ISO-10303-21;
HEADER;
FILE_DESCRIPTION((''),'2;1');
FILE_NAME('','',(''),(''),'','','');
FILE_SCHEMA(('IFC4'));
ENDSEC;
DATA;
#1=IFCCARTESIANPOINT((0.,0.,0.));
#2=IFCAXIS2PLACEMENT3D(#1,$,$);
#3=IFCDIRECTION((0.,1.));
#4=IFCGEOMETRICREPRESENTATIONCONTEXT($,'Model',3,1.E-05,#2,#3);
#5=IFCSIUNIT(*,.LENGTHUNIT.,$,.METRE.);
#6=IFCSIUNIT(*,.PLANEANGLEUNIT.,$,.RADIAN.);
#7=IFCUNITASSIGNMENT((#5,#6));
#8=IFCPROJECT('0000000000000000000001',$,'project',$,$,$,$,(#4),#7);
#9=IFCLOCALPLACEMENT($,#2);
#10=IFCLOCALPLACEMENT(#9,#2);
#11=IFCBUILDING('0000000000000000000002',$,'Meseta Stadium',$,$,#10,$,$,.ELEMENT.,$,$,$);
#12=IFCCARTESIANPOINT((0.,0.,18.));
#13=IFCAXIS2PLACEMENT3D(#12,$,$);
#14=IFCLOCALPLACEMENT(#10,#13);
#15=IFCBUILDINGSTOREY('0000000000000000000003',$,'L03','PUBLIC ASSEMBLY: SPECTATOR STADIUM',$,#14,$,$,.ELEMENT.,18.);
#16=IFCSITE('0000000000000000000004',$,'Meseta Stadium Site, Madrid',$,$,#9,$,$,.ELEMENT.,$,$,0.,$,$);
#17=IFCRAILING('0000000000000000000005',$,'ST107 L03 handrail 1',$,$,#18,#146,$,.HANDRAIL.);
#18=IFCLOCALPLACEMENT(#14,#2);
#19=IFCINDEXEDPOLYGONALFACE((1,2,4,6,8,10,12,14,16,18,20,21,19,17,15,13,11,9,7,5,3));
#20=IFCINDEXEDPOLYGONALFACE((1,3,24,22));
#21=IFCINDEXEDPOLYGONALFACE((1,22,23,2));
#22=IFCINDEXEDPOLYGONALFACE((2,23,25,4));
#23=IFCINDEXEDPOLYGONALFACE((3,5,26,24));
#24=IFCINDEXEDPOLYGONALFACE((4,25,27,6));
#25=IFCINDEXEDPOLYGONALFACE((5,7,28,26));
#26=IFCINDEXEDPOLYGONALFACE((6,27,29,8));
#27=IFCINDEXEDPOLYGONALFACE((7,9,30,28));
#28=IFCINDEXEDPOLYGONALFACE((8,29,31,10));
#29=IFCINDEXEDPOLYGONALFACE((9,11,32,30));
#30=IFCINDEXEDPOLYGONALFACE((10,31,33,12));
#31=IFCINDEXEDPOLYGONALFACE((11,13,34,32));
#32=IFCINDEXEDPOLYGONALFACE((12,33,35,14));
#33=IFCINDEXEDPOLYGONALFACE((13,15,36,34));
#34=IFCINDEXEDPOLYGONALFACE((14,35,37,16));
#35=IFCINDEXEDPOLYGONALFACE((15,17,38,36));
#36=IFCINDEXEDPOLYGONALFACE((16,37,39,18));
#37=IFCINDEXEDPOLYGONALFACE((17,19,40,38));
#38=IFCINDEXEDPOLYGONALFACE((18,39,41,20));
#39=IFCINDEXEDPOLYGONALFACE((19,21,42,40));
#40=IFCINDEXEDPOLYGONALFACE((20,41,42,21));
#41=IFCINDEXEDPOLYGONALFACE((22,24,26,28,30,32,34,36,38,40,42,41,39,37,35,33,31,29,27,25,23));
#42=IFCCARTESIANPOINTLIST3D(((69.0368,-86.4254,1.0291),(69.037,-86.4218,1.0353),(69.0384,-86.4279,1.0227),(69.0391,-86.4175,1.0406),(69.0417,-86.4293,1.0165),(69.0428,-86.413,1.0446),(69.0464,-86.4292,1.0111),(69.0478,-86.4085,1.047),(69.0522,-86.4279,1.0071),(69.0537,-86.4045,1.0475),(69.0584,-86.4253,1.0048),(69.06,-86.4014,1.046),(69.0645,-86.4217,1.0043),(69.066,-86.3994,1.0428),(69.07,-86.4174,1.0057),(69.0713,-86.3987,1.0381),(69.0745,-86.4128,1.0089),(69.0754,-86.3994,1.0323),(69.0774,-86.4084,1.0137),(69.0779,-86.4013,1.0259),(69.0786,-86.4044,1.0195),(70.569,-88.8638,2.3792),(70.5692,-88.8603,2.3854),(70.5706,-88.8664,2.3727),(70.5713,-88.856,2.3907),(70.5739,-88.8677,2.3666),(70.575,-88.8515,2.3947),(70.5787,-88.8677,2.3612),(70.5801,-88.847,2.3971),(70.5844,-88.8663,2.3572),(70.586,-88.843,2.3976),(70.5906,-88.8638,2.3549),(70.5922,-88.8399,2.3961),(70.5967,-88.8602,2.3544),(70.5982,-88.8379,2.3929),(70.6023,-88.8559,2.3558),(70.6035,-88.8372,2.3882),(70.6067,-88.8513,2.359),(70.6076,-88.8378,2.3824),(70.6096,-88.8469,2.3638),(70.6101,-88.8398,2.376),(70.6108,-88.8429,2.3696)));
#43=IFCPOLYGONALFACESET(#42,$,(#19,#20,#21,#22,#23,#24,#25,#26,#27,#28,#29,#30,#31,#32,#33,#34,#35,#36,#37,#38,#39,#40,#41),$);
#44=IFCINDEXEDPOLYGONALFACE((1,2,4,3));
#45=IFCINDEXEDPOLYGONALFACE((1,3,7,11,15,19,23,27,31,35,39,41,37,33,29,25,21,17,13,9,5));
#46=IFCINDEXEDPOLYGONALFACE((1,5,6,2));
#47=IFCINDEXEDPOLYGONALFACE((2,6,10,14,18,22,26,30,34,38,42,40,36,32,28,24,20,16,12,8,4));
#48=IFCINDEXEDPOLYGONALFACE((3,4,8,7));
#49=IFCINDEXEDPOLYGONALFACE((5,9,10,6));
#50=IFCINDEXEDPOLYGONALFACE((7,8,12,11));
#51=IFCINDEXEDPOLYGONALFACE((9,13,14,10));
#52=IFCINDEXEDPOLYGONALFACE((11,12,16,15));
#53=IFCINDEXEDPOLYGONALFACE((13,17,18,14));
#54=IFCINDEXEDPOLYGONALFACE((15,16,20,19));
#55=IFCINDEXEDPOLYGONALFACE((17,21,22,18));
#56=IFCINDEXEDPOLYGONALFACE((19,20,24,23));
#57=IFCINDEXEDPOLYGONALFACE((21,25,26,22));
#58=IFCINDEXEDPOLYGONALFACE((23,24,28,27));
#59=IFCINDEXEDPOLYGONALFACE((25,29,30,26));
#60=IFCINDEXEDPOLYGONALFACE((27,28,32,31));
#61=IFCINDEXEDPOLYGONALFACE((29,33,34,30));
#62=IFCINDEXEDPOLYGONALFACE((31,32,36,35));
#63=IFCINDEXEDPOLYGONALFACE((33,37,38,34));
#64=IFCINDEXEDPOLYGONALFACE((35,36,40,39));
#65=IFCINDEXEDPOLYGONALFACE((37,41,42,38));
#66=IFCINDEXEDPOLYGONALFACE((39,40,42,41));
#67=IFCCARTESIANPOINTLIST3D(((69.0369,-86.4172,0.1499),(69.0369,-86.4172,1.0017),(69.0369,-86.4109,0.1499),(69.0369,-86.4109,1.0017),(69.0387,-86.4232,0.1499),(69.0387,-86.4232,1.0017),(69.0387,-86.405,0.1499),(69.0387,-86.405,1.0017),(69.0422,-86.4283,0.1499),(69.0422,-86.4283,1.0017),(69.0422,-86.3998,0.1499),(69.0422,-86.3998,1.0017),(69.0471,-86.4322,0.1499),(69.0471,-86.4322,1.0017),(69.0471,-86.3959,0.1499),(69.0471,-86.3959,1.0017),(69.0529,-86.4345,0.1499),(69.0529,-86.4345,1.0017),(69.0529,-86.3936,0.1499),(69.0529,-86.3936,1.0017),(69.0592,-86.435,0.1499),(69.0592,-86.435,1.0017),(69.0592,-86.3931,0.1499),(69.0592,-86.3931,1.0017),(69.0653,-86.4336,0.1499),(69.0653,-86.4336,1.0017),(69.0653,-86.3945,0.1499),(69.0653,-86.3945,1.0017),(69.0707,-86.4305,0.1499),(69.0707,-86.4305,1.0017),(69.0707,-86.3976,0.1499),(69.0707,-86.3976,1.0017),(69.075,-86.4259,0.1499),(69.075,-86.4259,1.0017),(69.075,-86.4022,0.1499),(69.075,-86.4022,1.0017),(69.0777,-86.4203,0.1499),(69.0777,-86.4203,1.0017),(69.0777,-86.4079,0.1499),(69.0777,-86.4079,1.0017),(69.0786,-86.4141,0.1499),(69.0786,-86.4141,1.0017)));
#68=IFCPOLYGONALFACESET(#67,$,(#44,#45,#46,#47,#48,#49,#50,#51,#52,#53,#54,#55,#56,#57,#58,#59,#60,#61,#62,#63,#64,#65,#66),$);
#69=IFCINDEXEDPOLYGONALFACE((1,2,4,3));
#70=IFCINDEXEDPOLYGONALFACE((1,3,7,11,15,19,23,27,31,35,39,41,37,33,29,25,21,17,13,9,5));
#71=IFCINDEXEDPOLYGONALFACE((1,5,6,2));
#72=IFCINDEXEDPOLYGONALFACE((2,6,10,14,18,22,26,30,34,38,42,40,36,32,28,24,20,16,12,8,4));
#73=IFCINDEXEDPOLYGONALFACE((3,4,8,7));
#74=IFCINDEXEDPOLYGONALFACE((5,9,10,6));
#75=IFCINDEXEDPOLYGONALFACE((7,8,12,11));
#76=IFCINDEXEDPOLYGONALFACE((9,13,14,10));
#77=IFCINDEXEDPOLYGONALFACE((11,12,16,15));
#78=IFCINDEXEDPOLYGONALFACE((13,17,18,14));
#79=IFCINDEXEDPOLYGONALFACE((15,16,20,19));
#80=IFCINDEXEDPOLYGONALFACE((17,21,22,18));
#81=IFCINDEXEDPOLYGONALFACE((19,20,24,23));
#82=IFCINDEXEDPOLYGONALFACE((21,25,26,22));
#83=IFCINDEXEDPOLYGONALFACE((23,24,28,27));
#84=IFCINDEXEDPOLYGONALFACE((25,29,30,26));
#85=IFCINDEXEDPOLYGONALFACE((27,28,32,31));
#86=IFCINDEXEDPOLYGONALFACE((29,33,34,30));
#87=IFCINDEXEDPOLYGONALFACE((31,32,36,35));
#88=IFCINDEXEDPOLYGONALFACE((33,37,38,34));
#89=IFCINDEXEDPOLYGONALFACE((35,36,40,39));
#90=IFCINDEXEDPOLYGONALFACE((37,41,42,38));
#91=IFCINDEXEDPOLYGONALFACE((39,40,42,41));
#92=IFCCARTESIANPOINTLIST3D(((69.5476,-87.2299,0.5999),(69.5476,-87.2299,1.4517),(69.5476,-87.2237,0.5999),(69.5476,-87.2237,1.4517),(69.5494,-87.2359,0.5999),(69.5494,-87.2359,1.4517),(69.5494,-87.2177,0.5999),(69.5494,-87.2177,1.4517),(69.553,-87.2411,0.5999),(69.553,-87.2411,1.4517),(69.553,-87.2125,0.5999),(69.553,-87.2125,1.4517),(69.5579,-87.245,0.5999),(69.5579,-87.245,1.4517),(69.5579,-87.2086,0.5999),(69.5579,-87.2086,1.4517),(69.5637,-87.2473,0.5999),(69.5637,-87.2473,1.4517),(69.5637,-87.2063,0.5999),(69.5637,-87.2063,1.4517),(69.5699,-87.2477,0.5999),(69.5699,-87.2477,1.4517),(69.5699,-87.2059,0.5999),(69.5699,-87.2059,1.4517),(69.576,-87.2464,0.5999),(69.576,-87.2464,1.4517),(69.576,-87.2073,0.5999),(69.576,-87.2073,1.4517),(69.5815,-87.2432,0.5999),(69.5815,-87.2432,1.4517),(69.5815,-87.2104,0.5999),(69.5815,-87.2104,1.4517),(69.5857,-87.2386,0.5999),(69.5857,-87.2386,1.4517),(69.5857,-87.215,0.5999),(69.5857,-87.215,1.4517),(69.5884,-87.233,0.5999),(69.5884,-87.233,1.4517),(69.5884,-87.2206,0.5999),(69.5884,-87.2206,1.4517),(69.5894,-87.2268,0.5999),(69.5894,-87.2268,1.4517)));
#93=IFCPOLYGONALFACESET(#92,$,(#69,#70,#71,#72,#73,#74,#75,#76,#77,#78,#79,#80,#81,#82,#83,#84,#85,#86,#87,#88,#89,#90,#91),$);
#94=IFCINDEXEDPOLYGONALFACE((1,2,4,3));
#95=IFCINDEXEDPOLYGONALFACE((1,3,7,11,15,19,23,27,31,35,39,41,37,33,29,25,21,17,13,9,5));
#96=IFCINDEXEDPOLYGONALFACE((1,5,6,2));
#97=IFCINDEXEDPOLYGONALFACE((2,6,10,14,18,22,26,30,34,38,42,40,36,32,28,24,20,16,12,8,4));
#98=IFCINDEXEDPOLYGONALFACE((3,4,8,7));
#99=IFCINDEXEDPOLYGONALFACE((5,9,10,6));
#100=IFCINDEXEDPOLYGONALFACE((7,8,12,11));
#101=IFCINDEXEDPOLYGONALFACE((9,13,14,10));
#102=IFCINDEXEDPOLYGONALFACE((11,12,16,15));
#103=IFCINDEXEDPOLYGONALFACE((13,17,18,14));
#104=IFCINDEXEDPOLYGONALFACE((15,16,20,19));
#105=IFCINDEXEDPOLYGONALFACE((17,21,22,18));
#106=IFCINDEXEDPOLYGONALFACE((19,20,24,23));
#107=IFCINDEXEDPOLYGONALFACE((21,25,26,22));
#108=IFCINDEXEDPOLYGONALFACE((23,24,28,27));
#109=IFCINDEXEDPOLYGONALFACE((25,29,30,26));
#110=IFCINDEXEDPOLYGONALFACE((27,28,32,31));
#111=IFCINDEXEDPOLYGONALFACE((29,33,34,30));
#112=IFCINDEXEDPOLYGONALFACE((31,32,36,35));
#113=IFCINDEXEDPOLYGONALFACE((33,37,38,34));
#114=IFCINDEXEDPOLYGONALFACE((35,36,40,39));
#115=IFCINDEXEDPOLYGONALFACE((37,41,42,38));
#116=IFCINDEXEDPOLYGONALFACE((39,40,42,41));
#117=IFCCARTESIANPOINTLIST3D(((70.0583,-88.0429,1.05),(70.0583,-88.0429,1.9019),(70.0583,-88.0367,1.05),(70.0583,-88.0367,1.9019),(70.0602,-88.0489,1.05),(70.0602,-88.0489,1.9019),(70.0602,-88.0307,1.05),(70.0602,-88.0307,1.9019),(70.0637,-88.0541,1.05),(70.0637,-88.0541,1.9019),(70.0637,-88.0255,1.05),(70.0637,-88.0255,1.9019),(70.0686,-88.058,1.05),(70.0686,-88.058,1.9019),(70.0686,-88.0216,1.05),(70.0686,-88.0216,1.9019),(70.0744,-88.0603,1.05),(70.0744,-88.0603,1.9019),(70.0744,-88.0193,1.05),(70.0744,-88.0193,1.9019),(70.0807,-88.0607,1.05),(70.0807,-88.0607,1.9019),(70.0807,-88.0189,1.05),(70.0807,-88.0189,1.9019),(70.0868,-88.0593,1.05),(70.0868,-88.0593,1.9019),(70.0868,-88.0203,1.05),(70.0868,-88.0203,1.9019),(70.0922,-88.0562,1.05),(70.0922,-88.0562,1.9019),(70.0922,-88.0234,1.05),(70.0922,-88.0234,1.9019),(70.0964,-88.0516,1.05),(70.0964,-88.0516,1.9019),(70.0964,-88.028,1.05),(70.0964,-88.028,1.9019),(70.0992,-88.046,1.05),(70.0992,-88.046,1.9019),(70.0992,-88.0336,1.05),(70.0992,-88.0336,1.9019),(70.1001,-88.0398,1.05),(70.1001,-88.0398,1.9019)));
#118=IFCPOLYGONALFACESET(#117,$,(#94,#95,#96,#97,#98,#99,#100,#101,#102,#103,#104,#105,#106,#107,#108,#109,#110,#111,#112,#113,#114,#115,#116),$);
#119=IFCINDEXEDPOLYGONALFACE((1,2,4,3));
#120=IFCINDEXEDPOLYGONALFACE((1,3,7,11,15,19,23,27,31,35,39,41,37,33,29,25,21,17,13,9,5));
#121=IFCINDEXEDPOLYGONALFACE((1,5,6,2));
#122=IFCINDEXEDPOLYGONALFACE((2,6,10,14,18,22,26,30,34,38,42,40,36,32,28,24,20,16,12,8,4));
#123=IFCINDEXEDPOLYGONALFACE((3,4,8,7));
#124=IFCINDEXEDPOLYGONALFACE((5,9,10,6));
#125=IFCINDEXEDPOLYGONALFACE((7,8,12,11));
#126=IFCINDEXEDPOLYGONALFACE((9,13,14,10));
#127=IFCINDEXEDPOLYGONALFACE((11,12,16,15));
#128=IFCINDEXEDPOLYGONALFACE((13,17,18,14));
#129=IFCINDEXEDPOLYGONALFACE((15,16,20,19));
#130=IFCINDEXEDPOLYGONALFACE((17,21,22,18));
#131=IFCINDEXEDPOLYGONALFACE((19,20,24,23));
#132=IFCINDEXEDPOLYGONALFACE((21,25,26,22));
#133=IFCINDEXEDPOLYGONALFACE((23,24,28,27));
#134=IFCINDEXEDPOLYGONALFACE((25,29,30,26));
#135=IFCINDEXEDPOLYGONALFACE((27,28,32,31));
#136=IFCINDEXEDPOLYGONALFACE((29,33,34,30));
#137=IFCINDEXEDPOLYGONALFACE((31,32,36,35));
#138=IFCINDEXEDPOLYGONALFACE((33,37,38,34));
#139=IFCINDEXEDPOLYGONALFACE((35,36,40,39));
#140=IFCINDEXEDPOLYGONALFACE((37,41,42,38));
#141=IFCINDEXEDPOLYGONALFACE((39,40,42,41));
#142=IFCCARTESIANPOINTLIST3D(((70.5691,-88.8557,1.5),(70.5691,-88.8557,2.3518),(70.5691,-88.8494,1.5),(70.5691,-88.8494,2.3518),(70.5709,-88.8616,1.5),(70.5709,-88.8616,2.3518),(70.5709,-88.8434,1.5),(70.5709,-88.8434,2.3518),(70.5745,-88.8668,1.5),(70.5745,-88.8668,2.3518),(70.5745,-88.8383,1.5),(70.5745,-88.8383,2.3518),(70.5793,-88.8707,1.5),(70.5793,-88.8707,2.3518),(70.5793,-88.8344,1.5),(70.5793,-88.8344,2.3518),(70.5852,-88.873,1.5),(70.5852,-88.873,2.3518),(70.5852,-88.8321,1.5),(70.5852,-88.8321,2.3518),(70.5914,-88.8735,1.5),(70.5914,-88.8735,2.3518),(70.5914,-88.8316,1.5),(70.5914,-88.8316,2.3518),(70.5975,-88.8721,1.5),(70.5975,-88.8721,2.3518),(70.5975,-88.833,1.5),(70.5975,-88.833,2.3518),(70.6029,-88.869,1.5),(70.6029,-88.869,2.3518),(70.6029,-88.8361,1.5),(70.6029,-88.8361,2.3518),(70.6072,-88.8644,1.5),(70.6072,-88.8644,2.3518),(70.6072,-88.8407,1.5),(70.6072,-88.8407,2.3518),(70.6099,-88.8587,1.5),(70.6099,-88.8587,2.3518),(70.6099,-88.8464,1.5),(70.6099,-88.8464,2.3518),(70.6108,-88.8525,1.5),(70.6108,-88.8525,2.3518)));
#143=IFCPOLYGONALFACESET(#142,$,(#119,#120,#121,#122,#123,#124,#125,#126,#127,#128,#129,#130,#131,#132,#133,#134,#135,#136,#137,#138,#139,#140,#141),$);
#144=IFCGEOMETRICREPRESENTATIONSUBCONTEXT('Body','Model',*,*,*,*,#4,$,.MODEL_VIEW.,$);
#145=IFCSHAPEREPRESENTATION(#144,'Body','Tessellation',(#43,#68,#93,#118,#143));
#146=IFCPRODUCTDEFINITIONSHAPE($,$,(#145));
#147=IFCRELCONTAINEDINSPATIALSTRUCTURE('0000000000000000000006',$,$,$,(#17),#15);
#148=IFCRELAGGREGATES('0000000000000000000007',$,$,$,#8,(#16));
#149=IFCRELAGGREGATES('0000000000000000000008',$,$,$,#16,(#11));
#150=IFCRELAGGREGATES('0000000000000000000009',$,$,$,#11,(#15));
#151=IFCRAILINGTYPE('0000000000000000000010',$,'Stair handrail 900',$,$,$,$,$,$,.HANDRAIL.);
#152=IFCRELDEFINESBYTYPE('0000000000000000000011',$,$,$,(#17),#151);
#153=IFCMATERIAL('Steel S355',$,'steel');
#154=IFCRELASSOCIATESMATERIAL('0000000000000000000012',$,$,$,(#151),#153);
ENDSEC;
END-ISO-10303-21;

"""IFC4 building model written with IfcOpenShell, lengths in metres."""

from ifc_helpers import new_model, si_unit, direction, frame, origin, origin_2d, place, context, subcontext, project, spatial, circle, extrude, material, type_object, element, save


model = new_model("IFC4")

# Units and contexts
model_context = context("Model", 3, precision=1e-05, world=origin(), true_north=direction((0.0, 1.0)))
body_context = subcontext(model_context, "Body", "Model", "MODEL_VIEW")
ifc_project = project(units=[si_unit("LENGTHUNIT", "METRE"), si_unit("PLANEANGLEUNIT", "RADIAN")], contexts=[model_context])

# Site, building, storey
site_placement = place(None, origin())
site = spatial("IfcSite", under=ifc_project, at=site_placement, Name="Meseta Stadium Site, Madrid", CompositionType="ELEMENT", RefElevation=0.0)
building_placement = place(site_placement, origin())
building = spatial("IfcBuilding", under=site, at=building_placement, Name="Meseta Stadium", CompositionType="ELEMENT")
storey_placement = place(building_placement, frame((0.0, 0.0, 18.0)))
storey = spatial("IfcBuildingStorey", under=building, at=storey_placement, Name="L03", Description="PUBLIC ASSEMBLY: SPECTATOR STADIUM", CompositionType="ELEMENT", Elevation=18.0)

# Railing
ifc_material_1 = material(Name="Steel S355", Category="steel")
railing_type_1 = type_object("IfcRailingType", Name="Stair handrail 900", PredefinedType="HANDRAIL", material=ifc_material_1)
for number, where, name in (
    (1, (69.0576, -86.4141, 0.1499), "ST107 L03 handrail 1"),
):
    element("IfcRailing", number, at=place(storey_placement, frame(where)), inside=storey, type_object=railing_type_1, Name=name, PredefinedType="HANDRAIL", context=body_context, shape_type="SweptSolid", body=[
        extrude(circle(Radius=0.0239, at=origin_2d()), frame((0.0, 0.0, 0.876), z_axis=(0.481731, -0.766655, 0.42447), x_axis=(0.846719, 0.53204, 0.0)), (0.0, 0.0, 1.0), 3.1807),
        extrude(circle(Radius=0.021, at=origin_2d()), origin(), (0.0, 0.0, 1.0), 0.8518),
        extrude(circle(Radius=0.021, at=origin_2d()), frame((0.5107, -0.8127, 0.45)), (0.0, 0.0, 1.0), 0.8518),
        extrude(circle(Radius=0.021, at=origin_2d()), frame((1.0215, -1.6257, 0.9001)), (0.0, 0.0, 1.0), 0.8518),
        extrude(circle(Radius=0.021, at=origin_2d()), frame((1.5322, -2.4385, 1.3501)), (0.0, 0.0, 1.0), 0.8518),
    ])

save(model, "model.ifc")
